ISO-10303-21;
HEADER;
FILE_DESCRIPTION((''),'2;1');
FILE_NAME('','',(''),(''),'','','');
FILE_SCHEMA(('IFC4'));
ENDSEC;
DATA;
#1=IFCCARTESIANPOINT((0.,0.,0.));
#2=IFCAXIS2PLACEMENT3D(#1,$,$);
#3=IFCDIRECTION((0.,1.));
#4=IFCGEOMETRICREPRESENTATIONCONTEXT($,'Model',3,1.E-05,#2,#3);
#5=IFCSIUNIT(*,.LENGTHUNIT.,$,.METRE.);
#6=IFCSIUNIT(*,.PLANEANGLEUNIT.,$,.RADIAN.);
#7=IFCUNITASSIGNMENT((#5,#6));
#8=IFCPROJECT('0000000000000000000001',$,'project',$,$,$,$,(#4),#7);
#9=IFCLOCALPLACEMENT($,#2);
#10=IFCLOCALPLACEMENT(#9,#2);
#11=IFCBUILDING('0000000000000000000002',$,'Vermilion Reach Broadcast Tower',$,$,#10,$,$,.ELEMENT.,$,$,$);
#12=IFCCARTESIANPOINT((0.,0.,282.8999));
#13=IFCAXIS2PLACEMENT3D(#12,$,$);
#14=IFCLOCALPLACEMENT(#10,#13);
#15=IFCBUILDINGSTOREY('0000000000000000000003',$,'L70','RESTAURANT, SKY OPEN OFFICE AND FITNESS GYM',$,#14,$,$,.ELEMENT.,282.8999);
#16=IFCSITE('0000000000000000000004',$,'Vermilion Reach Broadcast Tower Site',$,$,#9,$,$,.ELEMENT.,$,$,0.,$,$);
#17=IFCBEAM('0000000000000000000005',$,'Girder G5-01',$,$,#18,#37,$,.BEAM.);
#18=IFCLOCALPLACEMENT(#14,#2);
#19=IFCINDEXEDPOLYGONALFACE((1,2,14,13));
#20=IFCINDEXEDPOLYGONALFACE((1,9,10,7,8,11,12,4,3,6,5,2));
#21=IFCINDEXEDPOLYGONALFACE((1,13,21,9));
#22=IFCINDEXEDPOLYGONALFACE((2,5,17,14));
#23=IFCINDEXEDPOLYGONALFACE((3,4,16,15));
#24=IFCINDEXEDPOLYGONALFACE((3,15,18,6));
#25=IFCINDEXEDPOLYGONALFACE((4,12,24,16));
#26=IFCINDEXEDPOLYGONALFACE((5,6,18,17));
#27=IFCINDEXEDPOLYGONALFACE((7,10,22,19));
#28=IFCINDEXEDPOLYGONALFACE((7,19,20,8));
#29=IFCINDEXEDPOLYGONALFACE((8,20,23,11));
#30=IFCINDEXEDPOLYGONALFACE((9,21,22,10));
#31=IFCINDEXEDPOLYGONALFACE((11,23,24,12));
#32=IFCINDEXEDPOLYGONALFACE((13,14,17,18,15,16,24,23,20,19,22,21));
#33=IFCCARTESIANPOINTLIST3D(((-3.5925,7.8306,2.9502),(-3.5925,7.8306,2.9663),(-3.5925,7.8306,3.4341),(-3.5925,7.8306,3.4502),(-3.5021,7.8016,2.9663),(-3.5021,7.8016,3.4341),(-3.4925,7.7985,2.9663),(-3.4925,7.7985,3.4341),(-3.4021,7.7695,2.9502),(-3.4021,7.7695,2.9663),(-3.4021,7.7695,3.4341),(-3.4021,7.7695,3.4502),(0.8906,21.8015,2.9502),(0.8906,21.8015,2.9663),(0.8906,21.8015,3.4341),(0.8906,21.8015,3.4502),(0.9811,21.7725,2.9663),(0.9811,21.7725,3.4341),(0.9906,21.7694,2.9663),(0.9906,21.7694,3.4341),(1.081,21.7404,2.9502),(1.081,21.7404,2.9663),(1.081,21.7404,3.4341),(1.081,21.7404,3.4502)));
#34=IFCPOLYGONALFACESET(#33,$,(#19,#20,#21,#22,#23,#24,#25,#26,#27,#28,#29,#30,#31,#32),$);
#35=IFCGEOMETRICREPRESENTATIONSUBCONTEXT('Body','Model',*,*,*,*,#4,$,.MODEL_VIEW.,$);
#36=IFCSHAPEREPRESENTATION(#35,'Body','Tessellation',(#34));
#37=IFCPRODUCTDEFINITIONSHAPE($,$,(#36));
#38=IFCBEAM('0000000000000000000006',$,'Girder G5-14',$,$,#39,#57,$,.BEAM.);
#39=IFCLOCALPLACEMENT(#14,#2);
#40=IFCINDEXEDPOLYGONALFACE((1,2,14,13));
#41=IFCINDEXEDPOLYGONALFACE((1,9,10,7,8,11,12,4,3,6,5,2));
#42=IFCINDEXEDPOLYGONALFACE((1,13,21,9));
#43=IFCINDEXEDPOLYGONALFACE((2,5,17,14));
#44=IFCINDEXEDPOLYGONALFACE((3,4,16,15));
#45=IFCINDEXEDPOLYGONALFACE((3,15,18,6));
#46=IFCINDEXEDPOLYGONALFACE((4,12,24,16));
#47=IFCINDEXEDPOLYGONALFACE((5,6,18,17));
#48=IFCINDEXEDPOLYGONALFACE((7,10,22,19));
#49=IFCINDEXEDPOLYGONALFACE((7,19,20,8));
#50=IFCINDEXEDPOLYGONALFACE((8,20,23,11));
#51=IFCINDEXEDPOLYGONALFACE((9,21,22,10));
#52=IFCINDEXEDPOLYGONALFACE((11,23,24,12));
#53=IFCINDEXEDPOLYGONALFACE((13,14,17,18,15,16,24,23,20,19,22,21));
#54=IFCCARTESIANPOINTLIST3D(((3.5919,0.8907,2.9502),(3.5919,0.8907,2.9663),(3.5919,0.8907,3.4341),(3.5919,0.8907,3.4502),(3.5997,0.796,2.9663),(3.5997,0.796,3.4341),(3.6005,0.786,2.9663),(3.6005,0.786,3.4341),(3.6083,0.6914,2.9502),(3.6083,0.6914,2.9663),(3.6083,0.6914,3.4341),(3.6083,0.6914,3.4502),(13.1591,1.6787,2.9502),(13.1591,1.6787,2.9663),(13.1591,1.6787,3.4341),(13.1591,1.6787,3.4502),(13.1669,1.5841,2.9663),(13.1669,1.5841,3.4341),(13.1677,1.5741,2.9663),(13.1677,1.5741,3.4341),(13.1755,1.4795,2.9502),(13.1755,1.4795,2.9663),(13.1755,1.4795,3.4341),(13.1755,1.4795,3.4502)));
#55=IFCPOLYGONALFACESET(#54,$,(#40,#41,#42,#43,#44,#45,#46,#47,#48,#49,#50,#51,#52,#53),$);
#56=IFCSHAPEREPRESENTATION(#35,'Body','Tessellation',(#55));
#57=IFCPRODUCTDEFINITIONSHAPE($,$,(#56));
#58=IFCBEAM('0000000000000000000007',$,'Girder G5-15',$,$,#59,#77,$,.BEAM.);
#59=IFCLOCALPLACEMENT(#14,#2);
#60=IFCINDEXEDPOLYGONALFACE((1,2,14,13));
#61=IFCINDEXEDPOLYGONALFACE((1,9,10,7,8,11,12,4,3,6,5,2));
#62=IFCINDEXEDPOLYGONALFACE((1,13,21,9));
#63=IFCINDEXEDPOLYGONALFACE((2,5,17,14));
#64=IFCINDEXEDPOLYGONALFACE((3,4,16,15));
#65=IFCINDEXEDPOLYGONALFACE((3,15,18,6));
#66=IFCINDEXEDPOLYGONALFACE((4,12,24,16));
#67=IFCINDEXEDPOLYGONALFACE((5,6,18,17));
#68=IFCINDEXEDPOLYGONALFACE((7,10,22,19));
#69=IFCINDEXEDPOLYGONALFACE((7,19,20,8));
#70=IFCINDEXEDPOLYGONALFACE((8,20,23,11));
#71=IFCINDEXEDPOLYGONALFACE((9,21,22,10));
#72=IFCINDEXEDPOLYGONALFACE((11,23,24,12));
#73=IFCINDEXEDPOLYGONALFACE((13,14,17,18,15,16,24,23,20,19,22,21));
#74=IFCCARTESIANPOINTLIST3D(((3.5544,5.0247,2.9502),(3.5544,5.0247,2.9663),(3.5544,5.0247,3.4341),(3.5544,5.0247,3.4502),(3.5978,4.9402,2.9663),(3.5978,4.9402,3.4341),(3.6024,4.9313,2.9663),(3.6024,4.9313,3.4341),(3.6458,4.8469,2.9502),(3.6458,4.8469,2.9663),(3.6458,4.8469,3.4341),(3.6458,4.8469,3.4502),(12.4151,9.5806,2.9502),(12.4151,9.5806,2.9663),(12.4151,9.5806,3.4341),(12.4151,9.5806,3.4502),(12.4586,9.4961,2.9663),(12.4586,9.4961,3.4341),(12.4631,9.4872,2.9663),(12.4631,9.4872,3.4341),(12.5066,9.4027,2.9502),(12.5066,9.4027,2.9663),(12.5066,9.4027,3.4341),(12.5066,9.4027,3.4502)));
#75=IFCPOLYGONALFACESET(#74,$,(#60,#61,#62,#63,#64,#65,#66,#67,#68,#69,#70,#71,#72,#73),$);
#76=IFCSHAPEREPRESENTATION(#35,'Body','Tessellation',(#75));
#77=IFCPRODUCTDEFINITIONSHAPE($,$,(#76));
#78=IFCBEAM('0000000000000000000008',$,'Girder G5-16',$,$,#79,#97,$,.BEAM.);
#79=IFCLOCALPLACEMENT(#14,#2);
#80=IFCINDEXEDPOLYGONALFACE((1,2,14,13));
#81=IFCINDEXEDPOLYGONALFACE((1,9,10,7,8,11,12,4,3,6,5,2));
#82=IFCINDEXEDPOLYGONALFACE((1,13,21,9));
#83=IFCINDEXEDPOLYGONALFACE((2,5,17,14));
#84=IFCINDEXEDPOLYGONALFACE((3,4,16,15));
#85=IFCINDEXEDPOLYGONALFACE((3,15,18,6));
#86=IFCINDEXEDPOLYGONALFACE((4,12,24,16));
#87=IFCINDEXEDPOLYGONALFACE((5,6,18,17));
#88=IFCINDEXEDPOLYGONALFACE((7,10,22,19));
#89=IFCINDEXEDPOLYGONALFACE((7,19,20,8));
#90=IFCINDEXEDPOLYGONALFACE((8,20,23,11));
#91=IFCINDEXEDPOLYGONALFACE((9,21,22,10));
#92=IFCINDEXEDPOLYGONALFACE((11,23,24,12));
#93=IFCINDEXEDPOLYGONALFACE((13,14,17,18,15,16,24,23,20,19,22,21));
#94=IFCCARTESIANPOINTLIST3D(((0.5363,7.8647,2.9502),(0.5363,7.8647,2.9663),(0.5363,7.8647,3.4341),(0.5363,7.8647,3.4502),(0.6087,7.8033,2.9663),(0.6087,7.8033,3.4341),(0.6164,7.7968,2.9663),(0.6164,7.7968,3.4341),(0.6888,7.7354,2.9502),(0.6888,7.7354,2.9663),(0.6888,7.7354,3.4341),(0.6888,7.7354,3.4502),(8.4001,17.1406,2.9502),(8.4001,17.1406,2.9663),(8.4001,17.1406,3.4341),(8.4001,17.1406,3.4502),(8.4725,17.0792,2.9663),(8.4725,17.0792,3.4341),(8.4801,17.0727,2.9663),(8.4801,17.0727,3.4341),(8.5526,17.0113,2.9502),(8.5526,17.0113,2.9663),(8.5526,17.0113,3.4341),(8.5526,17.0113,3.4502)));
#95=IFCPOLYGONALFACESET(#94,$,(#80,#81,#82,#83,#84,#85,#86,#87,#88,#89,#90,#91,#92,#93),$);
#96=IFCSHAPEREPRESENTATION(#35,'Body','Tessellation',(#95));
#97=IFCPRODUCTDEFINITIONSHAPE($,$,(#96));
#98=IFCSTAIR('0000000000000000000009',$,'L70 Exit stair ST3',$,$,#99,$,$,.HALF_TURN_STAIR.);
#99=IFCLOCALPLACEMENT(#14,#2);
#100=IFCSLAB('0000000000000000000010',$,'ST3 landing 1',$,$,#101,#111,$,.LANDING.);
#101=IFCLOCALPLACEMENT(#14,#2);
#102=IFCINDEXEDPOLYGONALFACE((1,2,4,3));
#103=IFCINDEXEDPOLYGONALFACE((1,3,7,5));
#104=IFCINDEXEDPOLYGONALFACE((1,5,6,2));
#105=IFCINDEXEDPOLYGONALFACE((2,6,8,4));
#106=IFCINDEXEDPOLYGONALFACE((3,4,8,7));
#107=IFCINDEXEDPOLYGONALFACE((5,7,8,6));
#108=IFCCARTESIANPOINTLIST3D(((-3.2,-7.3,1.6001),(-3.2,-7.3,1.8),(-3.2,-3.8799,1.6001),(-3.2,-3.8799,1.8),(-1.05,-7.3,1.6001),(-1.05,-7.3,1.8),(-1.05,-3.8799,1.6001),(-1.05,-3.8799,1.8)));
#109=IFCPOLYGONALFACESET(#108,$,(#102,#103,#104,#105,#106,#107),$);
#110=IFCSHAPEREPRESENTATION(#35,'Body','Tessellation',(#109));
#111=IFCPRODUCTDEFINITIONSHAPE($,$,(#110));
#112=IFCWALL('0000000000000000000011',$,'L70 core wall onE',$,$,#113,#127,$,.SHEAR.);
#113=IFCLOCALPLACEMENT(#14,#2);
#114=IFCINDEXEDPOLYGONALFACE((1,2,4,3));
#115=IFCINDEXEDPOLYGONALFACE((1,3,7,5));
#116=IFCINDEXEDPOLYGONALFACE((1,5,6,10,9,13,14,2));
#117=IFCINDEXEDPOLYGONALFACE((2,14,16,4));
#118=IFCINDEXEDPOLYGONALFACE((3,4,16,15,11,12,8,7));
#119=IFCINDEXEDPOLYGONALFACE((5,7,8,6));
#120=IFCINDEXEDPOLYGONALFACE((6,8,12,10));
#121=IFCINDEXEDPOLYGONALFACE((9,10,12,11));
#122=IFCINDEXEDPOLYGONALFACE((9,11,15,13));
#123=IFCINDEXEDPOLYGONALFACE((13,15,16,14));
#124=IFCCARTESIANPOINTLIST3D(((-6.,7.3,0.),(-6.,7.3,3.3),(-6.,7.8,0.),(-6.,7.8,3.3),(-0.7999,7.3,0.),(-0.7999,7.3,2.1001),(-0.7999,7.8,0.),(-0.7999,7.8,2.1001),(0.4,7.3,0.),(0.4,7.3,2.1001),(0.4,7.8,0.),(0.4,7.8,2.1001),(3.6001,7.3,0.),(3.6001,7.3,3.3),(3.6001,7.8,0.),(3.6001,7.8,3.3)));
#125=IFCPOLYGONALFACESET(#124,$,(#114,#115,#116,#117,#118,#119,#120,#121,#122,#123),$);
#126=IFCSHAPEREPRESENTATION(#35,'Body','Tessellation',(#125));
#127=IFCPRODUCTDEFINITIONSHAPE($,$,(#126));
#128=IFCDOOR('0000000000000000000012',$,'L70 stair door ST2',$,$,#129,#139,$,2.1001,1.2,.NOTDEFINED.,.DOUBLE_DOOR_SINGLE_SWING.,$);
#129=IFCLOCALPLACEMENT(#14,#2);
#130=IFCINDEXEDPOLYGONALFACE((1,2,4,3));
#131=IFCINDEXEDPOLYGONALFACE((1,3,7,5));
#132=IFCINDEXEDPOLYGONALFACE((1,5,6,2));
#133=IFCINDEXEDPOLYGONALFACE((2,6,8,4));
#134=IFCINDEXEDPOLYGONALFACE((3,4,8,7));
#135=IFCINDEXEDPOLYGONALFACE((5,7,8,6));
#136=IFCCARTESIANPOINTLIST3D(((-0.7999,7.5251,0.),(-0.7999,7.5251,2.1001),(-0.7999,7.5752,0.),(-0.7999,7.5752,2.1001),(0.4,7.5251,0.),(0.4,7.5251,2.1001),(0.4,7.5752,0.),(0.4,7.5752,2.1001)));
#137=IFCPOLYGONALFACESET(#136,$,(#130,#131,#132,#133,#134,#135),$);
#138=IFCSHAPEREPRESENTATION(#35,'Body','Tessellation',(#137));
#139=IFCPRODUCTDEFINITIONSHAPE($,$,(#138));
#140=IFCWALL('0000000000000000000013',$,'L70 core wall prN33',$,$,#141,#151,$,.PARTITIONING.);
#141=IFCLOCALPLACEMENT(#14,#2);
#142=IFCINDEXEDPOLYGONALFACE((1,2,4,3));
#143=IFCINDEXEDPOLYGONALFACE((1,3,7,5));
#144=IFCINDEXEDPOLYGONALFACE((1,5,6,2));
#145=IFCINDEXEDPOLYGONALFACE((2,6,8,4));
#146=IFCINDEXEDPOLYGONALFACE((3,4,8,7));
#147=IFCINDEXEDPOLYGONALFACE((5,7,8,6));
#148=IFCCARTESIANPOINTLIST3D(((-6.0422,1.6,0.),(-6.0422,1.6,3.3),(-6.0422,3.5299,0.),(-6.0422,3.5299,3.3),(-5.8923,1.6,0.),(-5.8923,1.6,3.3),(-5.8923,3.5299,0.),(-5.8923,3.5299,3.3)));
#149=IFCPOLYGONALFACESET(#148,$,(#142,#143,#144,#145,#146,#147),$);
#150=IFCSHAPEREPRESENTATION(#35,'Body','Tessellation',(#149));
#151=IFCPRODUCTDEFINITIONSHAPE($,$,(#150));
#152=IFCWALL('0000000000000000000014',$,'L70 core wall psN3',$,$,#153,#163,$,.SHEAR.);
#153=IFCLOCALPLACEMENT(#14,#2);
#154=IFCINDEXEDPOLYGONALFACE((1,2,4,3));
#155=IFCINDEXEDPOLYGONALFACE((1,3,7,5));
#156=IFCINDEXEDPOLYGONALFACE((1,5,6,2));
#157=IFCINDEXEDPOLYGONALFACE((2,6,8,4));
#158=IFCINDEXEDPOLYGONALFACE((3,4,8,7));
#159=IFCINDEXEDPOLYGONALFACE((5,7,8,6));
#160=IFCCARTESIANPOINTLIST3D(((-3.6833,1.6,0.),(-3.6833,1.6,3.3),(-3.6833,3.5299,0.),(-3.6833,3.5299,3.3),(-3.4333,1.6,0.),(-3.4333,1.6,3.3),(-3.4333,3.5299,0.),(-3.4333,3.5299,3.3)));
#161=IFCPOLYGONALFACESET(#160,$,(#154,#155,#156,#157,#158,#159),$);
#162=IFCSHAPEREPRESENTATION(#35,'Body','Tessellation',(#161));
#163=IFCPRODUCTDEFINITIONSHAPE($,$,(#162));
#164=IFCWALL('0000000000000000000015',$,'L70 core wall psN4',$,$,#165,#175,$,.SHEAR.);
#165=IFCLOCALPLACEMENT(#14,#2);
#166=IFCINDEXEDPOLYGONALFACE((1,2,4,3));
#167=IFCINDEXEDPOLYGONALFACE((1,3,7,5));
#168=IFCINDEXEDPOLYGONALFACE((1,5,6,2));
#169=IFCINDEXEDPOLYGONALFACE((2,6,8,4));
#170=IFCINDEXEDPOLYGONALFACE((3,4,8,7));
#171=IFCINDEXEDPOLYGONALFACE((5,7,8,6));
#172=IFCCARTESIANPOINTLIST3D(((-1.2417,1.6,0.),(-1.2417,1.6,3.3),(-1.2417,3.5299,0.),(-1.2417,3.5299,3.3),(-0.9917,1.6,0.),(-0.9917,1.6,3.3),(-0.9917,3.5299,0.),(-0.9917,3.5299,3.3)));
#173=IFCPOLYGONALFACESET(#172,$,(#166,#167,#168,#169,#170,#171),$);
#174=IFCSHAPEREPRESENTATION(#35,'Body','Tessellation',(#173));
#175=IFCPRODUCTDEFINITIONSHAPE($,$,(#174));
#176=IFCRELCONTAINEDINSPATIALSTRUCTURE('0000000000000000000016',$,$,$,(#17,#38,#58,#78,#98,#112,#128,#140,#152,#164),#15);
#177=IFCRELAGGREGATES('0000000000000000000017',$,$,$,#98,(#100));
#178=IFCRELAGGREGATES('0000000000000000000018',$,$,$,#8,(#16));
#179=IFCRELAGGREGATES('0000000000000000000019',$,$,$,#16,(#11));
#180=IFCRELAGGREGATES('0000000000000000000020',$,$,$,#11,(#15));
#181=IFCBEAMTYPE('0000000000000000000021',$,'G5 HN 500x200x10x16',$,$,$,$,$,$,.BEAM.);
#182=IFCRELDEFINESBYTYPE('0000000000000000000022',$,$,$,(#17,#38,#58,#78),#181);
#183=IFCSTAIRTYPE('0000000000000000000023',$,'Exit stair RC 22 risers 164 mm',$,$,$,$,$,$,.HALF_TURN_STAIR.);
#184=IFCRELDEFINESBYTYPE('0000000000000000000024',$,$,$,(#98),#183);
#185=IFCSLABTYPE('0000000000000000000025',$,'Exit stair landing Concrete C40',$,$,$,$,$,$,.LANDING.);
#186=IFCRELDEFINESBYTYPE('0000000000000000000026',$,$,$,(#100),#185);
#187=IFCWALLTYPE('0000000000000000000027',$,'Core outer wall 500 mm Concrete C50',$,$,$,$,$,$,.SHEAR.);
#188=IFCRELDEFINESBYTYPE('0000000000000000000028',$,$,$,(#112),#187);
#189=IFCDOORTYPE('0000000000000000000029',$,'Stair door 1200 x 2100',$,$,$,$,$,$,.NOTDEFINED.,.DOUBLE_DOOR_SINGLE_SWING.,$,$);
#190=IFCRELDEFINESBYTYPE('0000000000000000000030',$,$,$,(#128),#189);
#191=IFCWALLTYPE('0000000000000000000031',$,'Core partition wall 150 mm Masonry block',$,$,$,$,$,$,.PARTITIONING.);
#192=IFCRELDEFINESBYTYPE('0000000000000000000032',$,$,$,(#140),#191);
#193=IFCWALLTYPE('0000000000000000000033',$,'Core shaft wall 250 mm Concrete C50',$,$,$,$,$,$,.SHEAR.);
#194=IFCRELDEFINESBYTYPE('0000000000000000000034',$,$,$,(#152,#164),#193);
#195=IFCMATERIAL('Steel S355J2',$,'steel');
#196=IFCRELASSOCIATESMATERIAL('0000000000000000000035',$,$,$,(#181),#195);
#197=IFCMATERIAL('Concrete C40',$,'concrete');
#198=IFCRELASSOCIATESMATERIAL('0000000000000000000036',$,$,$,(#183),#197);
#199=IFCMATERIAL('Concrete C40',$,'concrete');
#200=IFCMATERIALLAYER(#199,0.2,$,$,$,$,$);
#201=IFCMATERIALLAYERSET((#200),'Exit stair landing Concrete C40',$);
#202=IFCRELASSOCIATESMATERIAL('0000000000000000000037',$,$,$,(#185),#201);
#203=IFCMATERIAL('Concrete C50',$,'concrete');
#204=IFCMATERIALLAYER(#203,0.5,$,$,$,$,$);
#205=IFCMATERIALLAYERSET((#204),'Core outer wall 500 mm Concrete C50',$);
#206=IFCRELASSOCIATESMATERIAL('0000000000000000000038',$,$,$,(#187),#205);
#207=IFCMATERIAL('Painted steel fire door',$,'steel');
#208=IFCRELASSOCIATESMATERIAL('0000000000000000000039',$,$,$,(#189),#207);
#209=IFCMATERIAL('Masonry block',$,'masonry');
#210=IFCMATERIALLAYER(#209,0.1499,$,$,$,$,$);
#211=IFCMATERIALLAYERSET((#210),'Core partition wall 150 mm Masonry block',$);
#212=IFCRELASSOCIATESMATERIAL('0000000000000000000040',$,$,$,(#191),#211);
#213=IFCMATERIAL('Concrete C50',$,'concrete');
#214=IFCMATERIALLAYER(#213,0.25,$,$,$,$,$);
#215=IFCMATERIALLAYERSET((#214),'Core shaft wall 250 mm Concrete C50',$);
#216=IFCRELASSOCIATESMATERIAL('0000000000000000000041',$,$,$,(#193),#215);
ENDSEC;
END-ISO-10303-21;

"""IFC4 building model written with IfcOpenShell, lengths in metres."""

from ifc_helpers import new_model, si_unit, direction, frame, frame_2d, origin, origin_2d, place, context, subcontext, project, spatial, polyline, rectangle, i_section, outline, extrude, material, layer, layer_set, material_profile, profile_set, type_object, element, fill, aggregate, save


model = new_model("IFC4")

# Units and contexts
model_context = context("Model", 3, precision=1e-05, world=origin(), true_north=direction((0.0, 1.0)))
body_context = subcontext(model_context, "Body", "Model", "MODEL_VIEW")
ifc_project = project(units=[si_unit("LENGTHUNIT", "METRE"), si_unit("PLANEANGLEUNIT", "RADIAN")], contexts=[model_context])

# Site, building, storey
site_placement = place(None, origin())
site = spatial("IfcSite", under=ifc_project, at=site_placement, Name="Vermilion Reach Broadcast Tower Site", CompositionType="ELEMENT", RefElevation=0.0)
building_placement = place(site_placement, origin())
building = spatial("IfcBuilding", under=site, at=building_placement, Name="Vermilion Reach Broadcast Tower", CompositionType="ELEMENT")
storey_placement = place(building_placement, frame((0.0, 0.0, 282.8999)))
storey = spatial("IfcBuildingStorey", under=building, at=storey_placement, Name="L70", Description="RESTAURANT, SKY OPEN OFFICE AND FITNESS GYM", CompositionType="ELEMENT", Elevation=282.8999)

# Beams
ifc_material_1 = material(Name="Steel S355J2", Category="steel")
ifc_material_profile = material_profile(ifc_material_1, i_section(OverallWidth=0.2, OverallDepth=0.5, WebThickness=0.01, FlangeThickness=0.0161, at=origin_2d()), Name="S355J2 HN 500x200x10x16")
ifc_profile_set = profile_set([ifc_material_profile], Name="Steel S355J2")
beam_type = type_object("IfcBeamType", Name="G5 HN 500x200x10x16", PredefinedType="BEAM", material=ifc_profile_set)
beam_1_placement = place(storey_placement, frame((-3.4973, 7.8, 3.2002), z_axis=(0.305545, 0.952178, 0.0), x_axis=(-0.952178, 0.305545, 0.0)))
element("IfcBeam", 1, at=beam_1_placement, inside=storey, type_object=beam_type, Name="Girder G5-01", PredefinedType="BEAM", context=body_context, shape_type="SweptSolid", body=[
    extrude(i_section(OverallWidth=0.2, OverallDepth=0.5, WebThickness=0.01, FlangeThickness=0.0161, at=origin_2d()), origin(), (0.0, 0.0, 1.0), 14.6726),
])
beam_2_placement = place(storey_placement, frame((3.6001, 0.791, 3.2002), z_axis=(0.996624, 0.082096, 0.0), x_axis=(-0.082096, 0.996624, 0.0)))
element("IfcBeam", 2, at=beam_2_placement, inside=storey, type_object=beam_type, Name="Girder G5-14", PredefinedType="BEAM", context=body_context, shape_type="SweptSolid", body=[
    extrude(i_section(OverallWidth=0.2, OverallDepth=0.5, WebThickness=0.01, FlangeThickness=0.0161, at=origin_2d()), origin(), (0.0, 0.0, 1.0), 9.5996),
])
beam_3_placement = place(storey_placement, frame((3.6001, 4.9358, 3.2002), z_axis=(0.889333, 0.457261, 0.0), x_axis=(-0.457261, 0.889333, 0.0)))
element("IfcBeam", 3, at=beam_3_placement, inside=storey, type_object=beam_type, Name="Girder G5-15", PredefinedType="BEAM", context=body_context, shape_type="SweptSolid", body=[
    extrude(i_section(OverallWidth=0.2, OverallDepth=0.5, WebThickness=0.01, FlangeThickness=0.0161, at=origin_2d()), origin(), (0.0, 0.0, 1.0), 9.9634),
])
beam_4_placement = place(storey_placement, frame((0.6125, 7.8, 3.2002), z_axis=(0.646658, 0.76278, 0.0), x_axis=(-0.76278, 0.646658, 0.0)))
element("IfcBeam", 4, at=beam_4_placement, inside=storey, type_object=beam_type, Name="Girder G5-16", PredefinedType="BEAM", context=body_context, shape_type="SweptSolid", body=[
    extrude(i_section(OverallWidth=0.2, OverallDepth=0.5, WebThickness=0.01, FlangeThickness=0.0161, at=origin_2d()), origin(), (0.0, 0.0, 1.0), 12.1606),
])

# Stair, slab
ifc_material_2 = material(Name="Concrete C40", Category="concrete")
stair_type = type_object("IfcStairType", Name="Exit stair RC 22 risers 164 mm", PredefinedType="HALF_TURN_STAIR", material=ifc_material_2)
placement = place(storey_placement, origin())
stair_1 = element("IfcStair", 5, at=placement, inside=storey, type_object=stair_type, Name="L70 Exit stair ST3", PredefinedType="HALF_TURN_STAIR")
ifc_material_3 = material(Name="Concrete C40", Category="concrete")
ifc_layer_1 = layer(ifc_material_3, 0.2)
ifc_layer_set_1 = layer_set([ifc_layer_1], Name="Exit stair landing Concrete C40")
slab_type = type_object("IfcSlabType", Name="Exit stair landing Concrete C40", PredefinedType="LANDING", material=ifc_layer_set_1)
slab_placement = place(storey_placement, frame((0.0, 0.0, 1.6001)))
slab = element("IfcSlab", 6, at=slab_placement, type_object=slab_type, Name="ST3 landing 1", PredefinedType="LANDING", context=body_context, shape_type="SweptSolid", body=[
    extrude(outline(polyline([(-3.2, -7.3), (-1.05, -7.3), (-1.05, -3.8799), (-3.2, -3.8799), (-3.2, -7.3)])), origin(), (0.0, 0.0, 1.0), 0.2),
])
aggregate(stair_1, [slab])

# Wall, opening, door
ifc_material_4 = material(Name="Concrete C50", Category="concrete")
ifc_layer_2 = layer(ifc_material_4, 0.5)
ifc_layer_set_2 = layer_set([ifc_layer_2], Name="Core outer wall 500 mm Concrete C50")
wall_type_1 = type_object("IfcWallType", Name="Core outer wall 500 mm Concrete C50", PredefinedType="SHEAR", material=ifc_layer_set_2)
wall_1_placement = place(storey_placement, frame((3.6001, 7.55, 0.0), z_axis=(0.0, 0.0, 1.0), x_axis=(-1.0, 0.0, 0.0)))
wall_1 = element("IfcWall", 7, at=wall_1_placement, inside=storey, type_object=wall_type_1, Name="L70 core wall onE", PredefinedType="SHEAR", context=body_context, shape_type="SweptSolid", body=[
    extrude(rectangle(XDim=9.6001, YDim=0.5, at=frame_2d((4.8, 0.0))), origin(), (0.0, 0.0, 1.0), 3.3),
])
opening_placement = place(wall_1_placement, frame((3.2, 0.0, 0.0)))
opening = element("IfcOpeningElement", 8, at=opening_placement, cuts=wall_1, PredefinedType="OPENING", context=body_context, shape_type="SweptSolid", body=[
    extrude(rectangle(XDim=1.2, YDim=2.1001, at=frame_2d((0.6001, 1.05))), frame((0.0, 0.26, 0.0), z_axis=(0.0, -1.0, 0.0), x_axis=(1.0, 0.0, 0.0)), (0.0, 0.0, 1.0), 0.52),
])
ifc_material_5 = material(Name="Painted steel fire door", Category="steel")
door_type = type_object("IfcDoorType", Name="Stair door 1200 x 2100", OperationType="DOUBLE_DOOR_SINGLE_SWING", PredefinedType="NOTDEFINED", material=ifc_material_5)
door_placement = place(opening_placement, origin())
door = element("IfcDoor", 9, at=door_placement, inside=storey, type_object=door_type, Name="L70 stair door ST2", OperationType="DOUBLE_DOOR_SINGLE_SWING", OverallHeight=2.1001, OverallWidth=1.2, PredefinedType="NOTDEFINED", context=body_context, shape_type="SweptSolid", body=[
    extrude(rectangle(XDim=1.2, YDim=2.1001, at=frame_2d((0.6001, 1.05))), frame((0.0, 0.0249, 0.0), z_axis=(0.0, -1.0, 0.0), x_axis=(1.0, 0.0, 0.0)), (0.0, 0.0, 1.0), 0.05),
])
fill(opening, door)

# Walls
ifc_material_6 = material(Name="Masonry block", Category="masonry")
ifc_layer_3 = layer(ifc_material_6, 0.1499)
ifc_layer_set_3 = layer_set([ifc_layer_3], Name="Core partition wall 150 mm Masonry block")
wall_type_2 = type_object("IfcWallType", Name="Core partition wall 150 mm Masonry block", PredefinedType="PARTITIONING", material=ifc_layer_set_3)
wall_2_placement = place(storey_placement, frame((-5.9673, 1.6001, 0.0), z_axis=(0.0, 0.0, 1.0), x_axis=(0.0, 1.0, 0.0)))
element("IfcWall", 10, at=wall_2_placement, inside=storey, type_object=wall_type_2, Name="L70 core wall prN33", PredefinedType="PARTITIONING", context=body_context, shape_type="SweptSolid", body=[
    extrude(rectangle(XDim=1.9299, YDim=0.1499, at=frame_2d((0.9648, 0.0))), origin(), (0.0, 0.0, 1.0), 3.3),
])
ifc_material_7 = material(Name="Concrete C50", Category="concrete")
ifc_layer_4 = layer(ifc_material_7, 0.25)
ifc_layer_set_4 = layer_set([ifc_layer_4], Name="Core shaft wall 250 mm Concrete C50")
wall_type_3 = type_object("IfcWallType", Name="Core shaft wall 250 mm Concrete C50", PredefinedType="SHEAR", material=ifc_layer_set_4)
for number, where, z_axis, x_axis, name in (
    (11, (-3.5583, 1.6001, 0.0), (0.0, 0.0, 1.0), (0.0, 1.0, 0.0), "L70 core wall psN3"),
    (12, (-1.1167, 1.6001, 0.0), (0.0, 0.0, 1.0), (0.0, 1.0, 0.0), "L70 core wall psN4"),
):
    element("IfcWall", number, at=place(storey_placement, frame(where, z_axis=z_axis, x_axis=x_axis)), inside=storey, type_object=wall_type_3, Name=name, PredefinedType="SHEAR", context=body_context, shape_type="SweptSolid", body=[
        extrude(rectangle(XDim=1.9299, YDim=0.25, at=frame_2d((0.9648, 0.0))), origin(), (0.0, 0.0, 1.0), 3.3),
    ])

save(model, "model.ifc")
